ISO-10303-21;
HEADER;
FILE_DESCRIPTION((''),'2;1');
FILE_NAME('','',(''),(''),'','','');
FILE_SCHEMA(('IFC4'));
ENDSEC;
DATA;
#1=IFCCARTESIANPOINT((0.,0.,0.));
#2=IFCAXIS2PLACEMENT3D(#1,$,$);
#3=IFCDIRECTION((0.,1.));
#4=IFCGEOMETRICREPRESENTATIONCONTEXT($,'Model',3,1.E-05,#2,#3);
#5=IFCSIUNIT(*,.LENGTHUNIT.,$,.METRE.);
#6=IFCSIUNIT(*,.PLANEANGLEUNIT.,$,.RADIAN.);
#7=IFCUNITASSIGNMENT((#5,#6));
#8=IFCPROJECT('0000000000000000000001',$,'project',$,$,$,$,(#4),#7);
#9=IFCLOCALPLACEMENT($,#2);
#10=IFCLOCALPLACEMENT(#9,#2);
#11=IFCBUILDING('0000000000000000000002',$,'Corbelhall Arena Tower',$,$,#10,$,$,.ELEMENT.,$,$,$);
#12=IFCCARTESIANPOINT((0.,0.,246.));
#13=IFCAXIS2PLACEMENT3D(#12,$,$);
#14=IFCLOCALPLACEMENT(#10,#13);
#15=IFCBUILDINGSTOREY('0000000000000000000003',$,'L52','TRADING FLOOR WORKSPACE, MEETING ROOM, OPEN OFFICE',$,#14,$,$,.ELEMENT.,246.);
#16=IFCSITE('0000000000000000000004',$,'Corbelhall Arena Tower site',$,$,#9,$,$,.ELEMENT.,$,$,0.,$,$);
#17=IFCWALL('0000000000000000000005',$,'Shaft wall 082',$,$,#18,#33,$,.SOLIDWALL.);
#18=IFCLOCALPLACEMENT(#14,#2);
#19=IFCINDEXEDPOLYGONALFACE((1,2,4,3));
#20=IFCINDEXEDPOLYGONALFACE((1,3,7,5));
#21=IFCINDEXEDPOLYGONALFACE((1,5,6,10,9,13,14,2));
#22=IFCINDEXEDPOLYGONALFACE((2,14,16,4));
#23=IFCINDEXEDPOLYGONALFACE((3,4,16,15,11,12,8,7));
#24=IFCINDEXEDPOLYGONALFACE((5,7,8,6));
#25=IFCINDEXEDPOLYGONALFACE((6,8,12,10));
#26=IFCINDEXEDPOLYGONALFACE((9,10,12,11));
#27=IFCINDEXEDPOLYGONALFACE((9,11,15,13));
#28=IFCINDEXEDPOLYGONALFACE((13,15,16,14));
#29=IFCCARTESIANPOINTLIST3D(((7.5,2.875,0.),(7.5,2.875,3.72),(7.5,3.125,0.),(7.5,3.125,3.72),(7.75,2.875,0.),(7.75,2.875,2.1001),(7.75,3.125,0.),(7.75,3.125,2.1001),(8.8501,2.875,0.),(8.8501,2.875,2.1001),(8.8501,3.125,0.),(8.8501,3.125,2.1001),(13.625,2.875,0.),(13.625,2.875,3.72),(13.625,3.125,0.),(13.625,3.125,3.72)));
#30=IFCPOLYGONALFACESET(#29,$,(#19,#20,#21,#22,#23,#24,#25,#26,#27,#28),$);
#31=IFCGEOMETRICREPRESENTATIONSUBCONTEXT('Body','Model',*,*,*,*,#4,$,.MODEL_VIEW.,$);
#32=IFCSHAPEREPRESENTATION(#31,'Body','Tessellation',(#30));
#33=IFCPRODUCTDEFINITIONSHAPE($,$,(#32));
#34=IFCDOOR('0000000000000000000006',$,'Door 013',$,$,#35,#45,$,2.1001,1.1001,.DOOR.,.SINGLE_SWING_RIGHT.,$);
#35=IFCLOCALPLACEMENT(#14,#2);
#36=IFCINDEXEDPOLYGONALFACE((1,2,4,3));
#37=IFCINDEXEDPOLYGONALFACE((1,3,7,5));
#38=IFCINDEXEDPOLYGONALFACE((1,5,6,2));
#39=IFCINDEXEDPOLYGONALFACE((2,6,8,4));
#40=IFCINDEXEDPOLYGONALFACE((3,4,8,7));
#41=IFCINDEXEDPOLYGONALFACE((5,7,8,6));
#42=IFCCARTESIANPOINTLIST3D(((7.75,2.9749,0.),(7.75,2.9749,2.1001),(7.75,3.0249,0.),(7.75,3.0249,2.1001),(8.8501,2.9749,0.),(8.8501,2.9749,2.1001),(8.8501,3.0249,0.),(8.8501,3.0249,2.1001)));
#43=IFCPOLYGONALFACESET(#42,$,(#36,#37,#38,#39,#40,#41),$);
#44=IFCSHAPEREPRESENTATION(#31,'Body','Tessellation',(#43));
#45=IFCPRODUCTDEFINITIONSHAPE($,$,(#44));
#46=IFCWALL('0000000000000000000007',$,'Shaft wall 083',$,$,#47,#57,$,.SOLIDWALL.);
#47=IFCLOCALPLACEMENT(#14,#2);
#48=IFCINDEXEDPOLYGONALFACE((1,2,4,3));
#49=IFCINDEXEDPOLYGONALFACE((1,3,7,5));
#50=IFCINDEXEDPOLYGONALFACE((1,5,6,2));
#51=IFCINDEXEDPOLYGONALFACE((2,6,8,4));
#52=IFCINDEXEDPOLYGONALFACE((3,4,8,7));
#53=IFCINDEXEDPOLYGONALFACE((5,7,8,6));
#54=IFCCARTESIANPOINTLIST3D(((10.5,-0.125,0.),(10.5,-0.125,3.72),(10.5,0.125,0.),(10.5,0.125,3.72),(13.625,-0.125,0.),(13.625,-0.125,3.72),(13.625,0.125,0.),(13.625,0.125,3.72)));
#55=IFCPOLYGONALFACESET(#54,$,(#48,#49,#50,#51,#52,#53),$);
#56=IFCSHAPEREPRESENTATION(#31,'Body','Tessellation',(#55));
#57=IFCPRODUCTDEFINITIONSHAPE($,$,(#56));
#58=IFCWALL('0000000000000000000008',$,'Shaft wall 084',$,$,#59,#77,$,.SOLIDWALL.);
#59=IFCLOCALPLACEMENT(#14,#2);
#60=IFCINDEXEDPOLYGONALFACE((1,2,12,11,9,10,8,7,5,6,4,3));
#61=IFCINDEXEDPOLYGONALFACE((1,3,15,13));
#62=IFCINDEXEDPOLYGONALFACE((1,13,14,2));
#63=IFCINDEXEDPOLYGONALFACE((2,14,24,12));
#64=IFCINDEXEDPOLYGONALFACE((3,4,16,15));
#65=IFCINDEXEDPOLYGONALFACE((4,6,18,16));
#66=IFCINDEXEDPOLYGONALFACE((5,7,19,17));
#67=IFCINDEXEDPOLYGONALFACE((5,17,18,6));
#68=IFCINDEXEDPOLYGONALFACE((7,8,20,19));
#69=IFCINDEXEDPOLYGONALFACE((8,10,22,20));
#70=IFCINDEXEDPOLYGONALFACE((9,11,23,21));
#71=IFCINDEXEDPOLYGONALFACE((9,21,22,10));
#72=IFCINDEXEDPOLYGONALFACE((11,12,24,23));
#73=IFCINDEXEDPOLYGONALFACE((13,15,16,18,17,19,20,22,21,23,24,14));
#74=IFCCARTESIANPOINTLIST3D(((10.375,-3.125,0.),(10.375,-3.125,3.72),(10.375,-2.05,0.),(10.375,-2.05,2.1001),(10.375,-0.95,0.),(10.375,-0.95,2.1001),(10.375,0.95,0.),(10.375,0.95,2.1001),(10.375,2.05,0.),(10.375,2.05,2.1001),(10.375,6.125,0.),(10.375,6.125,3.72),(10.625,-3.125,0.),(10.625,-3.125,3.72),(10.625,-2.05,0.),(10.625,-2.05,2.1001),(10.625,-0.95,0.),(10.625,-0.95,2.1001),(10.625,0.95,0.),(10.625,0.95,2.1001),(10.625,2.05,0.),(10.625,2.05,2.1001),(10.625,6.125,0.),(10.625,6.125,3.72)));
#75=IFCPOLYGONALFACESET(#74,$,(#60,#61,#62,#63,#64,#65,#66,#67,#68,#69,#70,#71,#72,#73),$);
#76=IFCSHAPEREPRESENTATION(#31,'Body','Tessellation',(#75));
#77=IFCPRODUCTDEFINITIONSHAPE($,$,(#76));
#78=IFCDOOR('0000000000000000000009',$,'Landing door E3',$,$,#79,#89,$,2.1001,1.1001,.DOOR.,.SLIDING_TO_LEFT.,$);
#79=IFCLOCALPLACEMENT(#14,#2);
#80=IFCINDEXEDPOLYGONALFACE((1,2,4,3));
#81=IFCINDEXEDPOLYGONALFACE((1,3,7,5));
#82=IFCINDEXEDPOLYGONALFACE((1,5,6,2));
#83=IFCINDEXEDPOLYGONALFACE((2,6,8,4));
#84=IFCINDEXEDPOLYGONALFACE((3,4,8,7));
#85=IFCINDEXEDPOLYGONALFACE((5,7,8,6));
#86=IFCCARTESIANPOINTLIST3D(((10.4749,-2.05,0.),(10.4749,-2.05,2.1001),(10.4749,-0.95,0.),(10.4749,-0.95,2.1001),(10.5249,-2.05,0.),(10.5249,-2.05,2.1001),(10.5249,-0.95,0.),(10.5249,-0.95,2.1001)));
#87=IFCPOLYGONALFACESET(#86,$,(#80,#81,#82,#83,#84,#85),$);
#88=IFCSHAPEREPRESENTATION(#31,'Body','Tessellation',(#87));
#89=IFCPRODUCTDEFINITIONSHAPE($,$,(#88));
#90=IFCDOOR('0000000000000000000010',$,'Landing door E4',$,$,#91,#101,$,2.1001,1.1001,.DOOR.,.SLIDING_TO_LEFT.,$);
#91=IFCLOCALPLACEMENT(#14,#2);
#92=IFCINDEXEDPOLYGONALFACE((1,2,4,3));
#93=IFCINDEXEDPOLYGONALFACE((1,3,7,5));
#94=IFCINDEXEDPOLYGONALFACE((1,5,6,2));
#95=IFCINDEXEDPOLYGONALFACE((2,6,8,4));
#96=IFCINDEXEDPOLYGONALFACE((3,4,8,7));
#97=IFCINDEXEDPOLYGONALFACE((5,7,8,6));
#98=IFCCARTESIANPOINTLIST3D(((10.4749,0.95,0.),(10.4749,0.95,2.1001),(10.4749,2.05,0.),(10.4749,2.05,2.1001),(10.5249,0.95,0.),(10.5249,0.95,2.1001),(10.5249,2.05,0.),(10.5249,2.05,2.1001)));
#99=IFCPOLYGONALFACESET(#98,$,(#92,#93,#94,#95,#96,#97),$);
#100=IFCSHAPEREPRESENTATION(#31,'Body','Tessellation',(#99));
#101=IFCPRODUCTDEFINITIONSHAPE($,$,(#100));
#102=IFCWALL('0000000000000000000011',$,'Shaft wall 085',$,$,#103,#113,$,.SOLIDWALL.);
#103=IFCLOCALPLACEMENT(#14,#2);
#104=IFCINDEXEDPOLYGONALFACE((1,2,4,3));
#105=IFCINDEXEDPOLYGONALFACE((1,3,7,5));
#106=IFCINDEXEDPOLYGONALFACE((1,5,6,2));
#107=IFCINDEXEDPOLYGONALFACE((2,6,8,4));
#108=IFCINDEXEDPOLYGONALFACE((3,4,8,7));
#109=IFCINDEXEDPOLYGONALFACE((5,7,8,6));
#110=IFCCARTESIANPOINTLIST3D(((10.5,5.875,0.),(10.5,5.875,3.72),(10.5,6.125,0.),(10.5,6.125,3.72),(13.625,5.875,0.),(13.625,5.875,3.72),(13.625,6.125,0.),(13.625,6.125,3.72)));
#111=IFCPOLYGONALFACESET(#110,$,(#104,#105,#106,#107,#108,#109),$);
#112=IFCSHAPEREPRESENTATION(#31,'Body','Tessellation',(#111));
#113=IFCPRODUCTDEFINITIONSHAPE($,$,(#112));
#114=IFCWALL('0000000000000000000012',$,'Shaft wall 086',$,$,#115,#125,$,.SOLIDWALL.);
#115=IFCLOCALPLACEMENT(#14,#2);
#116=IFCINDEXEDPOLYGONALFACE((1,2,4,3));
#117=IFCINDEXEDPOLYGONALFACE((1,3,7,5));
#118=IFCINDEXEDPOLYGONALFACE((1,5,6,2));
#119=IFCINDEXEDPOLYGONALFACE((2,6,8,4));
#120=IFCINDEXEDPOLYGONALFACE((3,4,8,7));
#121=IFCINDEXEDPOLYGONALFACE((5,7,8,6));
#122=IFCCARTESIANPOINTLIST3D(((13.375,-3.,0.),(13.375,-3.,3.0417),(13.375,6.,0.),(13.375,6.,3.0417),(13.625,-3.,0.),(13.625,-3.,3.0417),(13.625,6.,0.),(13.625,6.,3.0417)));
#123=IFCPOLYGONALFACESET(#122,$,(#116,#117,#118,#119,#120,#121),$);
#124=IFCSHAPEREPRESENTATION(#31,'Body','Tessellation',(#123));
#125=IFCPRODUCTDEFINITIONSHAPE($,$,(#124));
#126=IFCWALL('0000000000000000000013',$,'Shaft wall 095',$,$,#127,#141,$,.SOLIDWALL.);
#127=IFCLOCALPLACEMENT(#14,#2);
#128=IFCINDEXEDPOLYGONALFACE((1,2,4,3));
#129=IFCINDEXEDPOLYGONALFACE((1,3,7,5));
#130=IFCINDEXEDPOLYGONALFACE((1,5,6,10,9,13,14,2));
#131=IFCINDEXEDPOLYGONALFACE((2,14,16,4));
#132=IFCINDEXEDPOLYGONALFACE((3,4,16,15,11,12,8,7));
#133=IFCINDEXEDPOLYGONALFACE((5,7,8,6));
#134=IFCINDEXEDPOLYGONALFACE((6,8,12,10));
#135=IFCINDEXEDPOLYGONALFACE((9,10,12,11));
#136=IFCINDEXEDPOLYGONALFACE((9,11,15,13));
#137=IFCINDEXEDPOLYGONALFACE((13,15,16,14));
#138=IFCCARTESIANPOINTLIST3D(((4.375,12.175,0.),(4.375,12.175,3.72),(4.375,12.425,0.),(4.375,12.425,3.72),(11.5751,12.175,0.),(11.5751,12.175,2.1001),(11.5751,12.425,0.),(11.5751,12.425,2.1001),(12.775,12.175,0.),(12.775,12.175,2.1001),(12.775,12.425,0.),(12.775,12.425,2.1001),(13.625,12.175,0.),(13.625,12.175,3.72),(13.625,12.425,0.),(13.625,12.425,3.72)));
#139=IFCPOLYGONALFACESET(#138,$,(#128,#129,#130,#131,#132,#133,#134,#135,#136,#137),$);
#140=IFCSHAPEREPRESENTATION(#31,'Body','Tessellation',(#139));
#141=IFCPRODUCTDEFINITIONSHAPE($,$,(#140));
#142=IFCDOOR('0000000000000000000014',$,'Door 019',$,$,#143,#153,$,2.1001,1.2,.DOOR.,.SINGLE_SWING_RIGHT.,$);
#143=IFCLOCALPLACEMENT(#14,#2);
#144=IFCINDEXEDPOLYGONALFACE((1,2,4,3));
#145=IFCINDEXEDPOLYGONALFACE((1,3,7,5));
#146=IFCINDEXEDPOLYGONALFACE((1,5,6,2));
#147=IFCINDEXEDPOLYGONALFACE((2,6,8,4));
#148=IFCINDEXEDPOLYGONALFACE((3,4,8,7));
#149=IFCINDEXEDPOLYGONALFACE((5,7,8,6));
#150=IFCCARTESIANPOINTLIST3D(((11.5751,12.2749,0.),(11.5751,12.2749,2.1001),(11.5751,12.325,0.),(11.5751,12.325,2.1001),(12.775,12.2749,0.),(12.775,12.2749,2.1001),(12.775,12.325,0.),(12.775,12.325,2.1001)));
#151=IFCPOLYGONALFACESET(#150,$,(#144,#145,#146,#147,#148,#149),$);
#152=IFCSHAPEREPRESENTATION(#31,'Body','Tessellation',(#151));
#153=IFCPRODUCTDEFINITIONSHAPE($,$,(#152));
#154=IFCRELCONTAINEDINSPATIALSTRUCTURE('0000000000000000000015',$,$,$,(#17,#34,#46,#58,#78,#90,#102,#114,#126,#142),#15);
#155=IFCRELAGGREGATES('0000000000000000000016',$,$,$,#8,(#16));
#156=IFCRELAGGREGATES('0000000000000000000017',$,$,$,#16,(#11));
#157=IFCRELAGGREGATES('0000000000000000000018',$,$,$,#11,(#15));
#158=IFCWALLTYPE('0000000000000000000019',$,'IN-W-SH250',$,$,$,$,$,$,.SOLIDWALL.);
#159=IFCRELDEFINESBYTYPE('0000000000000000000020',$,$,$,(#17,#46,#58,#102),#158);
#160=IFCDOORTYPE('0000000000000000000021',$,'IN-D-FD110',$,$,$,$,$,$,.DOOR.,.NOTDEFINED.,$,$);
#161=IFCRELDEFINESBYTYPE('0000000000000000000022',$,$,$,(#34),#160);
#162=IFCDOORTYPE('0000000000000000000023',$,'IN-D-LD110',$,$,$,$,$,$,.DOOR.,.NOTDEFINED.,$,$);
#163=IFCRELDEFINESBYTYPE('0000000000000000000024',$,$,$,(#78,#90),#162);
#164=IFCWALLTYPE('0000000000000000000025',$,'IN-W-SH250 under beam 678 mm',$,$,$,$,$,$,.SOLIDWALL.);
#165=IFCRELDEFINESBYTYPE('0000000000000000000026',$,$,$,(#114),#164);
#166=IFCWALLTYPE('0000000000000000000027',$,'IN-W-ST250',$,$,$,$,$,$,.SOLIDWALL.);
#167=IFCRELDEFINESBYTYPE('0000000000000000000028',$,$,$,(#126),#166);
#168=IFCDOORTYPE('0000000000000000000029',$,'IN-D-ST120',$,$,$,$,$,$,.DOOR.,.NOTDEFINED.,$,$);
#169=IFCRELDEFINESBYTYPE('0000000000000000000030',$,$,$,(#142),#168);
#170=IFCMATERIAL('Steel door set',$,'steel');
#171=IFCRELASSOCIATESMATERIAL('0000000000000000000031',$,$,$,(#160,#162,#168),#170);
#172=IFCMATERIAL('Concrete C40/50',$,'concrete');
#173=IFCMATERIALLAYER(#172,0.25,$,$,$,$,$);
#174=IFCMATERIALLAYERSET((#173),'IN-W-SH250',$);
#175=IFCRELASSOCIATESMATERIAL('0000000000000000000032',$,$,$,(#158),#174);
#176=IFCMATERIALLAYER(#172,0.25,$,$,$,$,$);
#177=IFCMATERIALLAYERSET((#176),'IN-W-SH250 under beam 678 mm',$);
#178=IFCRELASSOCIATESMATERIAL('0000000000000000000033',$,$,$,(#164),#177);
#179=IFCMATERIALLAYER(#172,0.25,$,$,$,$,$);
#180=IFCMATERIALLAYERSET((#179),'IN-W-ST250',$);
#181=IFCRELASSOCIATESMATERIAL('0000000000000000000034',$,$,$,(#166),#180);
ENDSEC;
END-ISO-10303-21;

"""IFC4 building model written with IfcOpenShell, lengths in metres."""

from ifc_helpers import new_model, si_unit, direction, frame, frame_2d, origin, place, context, subcontext, project, spatial, rectangle, extrude, material, layer, layer_set, type_object, element, fill, save


model = new_model("IFC4")

# Units and contexts
model_context = context("Model", 3, precision=1e-05, world=origin(), true_north=direction((0.0, 1.0)))
body_context = subcontext(model_context, "Body", "Model", "MODEL_VIEW")
ifc_project = project(units=[si_unit("LENGTHUNIT", "METRE"), si_unit("PLANEANGLEUNIT", "RADIAN")], contexts=[model_context])

# Site, building, storey
site_placement = place(None, origin())
site = spatial("IfcSite", under=ifc_project, at=site_placement, Name="Corbelhall Arena Tower site", CompositionType="ELEMENT", RefElevation=0.0)
building_placement = place(site_placement, origin())
building = spatial("IfcBuilding", under=site, at=building_placement, Name="Corbelhall Arena Tower", CompositionType="ELEMENT")
storey_placement = place(building_placement, frame((0.0, 0.0, 246.0)))
storey = spatial("IfcBuildingStorey", under=building, at=storey_placement, Name="L52", Description="TRADING FLOOR WORKSPACE, MEETING ROOM, OPEN OFFICE", CompositionType="ELEMENT", Elevation=246.0)

# Shared definitions
ifc_material_1 = material(Name="Steel door set", Category="steel")
door_type_1 = type_object("IfcDoorType", Name="IN-D-FD110", OperationType="NOTDEFINED", PredefinedType="DOOR", material=ifc_material_1)

# Shared definitions
ifc_material_2 = material(Name="Concrete C40/50", Category="concrete")
ifc_layer_1 = layer(ifc_material_2, 0.25)
ifc_layer_set_1 = layer_set([ifc_layer_1], Name="IN-W-SH250")
wall_type_1 = type_object("IfcWallType", Name="IN-W-SH250", PredefinedType="SOLIDWALL", material=ifc_layer_set_1)

# Wall, opening, door
wall_1_placement = place(storey_placement, frame((7.5, 3.0, 0.0), z_axis=(0.0, 0.0, 1.0), x_axis=(1.0, 0.0, 0.0)))
wall_1 = element("IfcWall", 1, at=wall_1_placement, inside=storey, type_object=wall_type_1, Name="Shaft wall 082", PredefinedType="SOLIDWALL", context=body_context, shape_type="SweptSolid", body=[
    extrude(rectangle(XDim=6.125, YDim=0.25, at=frame_2d((3.0625, 0.0))), origin(), (0.0, 0.0, 1.0), 3.72),
])
opening_1_placement = place(wall_1_placement, frame((0.25, 0.0, 0.0)))
opening_1 = element("IfcOpeningElement", 2, at=opening_1_placement, cuts=wall_1, PredefinedType="OPENING", context=body_context, shape_type="SweptSolid", body=[
    extrude(rectangle(XDim=1.1001, YDim=2.1001, at=frame_2d((0.55, 1.05))), frame((0.0, 0.125, 0.0), z_axis=(0.0, -1.0, 0.0), x_axis=(1.0, 0.0, 0.0)), (0.0, 0.0, 1.0), 0.25),
])
door_1_placement = place(opening_1_placement, origin())
door_1 = element("IfcDoor", 3, at=door_1_placement, inside=storey, type_object=door_type_1, Name="Door 013", OperationType="SINGLE_SWING_RIGHT", OverallHeight=2.1001, OverallWidth=1.1001, PredefinedType="DOOR", context=body_context, shape_type="SweptSolid", body=[
    extrude(rectangle(XDim=1.1001, YDim=2.1001, at=frame_2d((0.55, 1.05))), frame((0.0, 0.0249, 0.0), z_axis=(0.0, -1.0, 0.0), x_axis=(1.0, 0.0, 0.0)), (0.0, 0.0, 1.0), 0.05),
])
fill(opening_1, door_1)

# Wall
wall_2_placement = place(storey_placement, frame((10.5, 0.0, 0.0), z_axis=(0.0, 0.0, 1.0), x_axis=(1.0, 0.0, 0.0)))
element("IfcWall", 4, at=wall_2_placement, inside=storey, type_object=wall_type_1, Name="Shaft wall 083", PredefinedType="SOLIDWALL", context=body_context, shape_type="SweptSolid", body=[
    extrude(rectangle(XDim=3.125, YDim=0.25, at=frame_2d((1.5625, 0.0))), origin(), (0.0, 0.0, 1.0), 3.72),
])

# Wall, openings, doors
wall_3_placement = place(storey_placement, frame((10.5, 6.125, 0.0), z_axis=(0.0, 0.0, 1.0), x_axis=(0.0, -1.0, 0.0)))
wall_3 = element("IfcWall", 5, at=wall_3_placement, inside=storey, type_object=wall_type_1, Name="Shaft wall 084", PredefinedType="SOLIDWALL", context=body_context, shape_type="SweptSolid", body=[
    extrude(rectangle(XDim=9.25, YDim=0.25, at=frame_2d((4.625, 0.0))), origin(), (0.0, 0.0, 1.0), 3.72),
])
opening_2_placement = place(wall_3_placement, frame((7.075, 0.0, 0.0)))
opening_2 = element("IfcOpeningElement", 6, at=opening_2_placement, cuts=wall_3, PredefinedType="OPENING", context=body_context, shape_type="SweptSolid", body=[
    extrude(rectangle(XDim=1.1001, YDim=2.1001, at=frame_2d((0.55, 1.05))), frame((0.0, 0.125, 0.0), z_axis=(0.0, -1.0, 0.0), x_axis=(1.0, 0.0, 0.0)), (0.0, 0.0, 1.0), 0.25),
])
opening_3_placement = place(wall_3_placement, frame((4.075, 0.0, 0.0)))
opening_3 = element("IfcOpeningElement", 7, at=opening_3_placement, cuts=wall_3, PredefinedType="OPENING", context=body_context, shape_type="SweptSolid", body=[
    extrude(rectangle(XDim=1.1001, YDim=2.1001, at=frame_2d((0.55, 1.05))), frame((0.0, 0.125, 0.0), z_axis=(0.0, -1.0, 0.0), x_axis=(1.0, 0.0, 0.0)), (0.0, 0.0, 1.0), 0.25),
])
door_type_2 = type_object("IfcDoorType", Name="IN-D-LD110", OperationType="NOTDEFINED", PredefinedType="DOOR", material=ifc_material_1)
door_2_placement = place(opening_2_placement, origin())
door_2 = element("IfcDoor", 8, at=door_2_placement, inside=storey, type_object=door_type_2, Name="Landing door E3", OperationType="SLIDING_TO_LEFT", OverallHeight=2.1001, OverallWidth=1.1001, PredefinedType="DOOR", context=body_context, shape_type="SweptSolid", body=[
    extrude(rectangle(XDim=1.1001, YDim=2.1001, at=frame_2d((0.55, 1.05))), frame((0.0, 0.0249, 0.0), z_axis=(0.0, -1.0, 0.0), x_axis=(1.0, 0.0, 0.0)), (0.0, 0.0, 1.0), 0.05),
])
fill(opening_2, door_2)
door_3_placement = place(opening_3_placement, origin())
door_3 = element("IfcDoor", 9, at=door_3_placement, inside=storey, type_object=door_type_2, Name="Landing door E4", OperationType="SLIDING_TO_LEFT", OverallHeight=2.1001, OverallWidth=1.1001, PredefinedType="DOOR", context=body_context, shape_type="SweptSolid", body=[
    extrude(rectangle(XDim=1.1001, YDim=2.1001, at=frame_2d((0.55, 1.05))), frame((0.0, 0.0249, 0.0), z_axis=(0.0, -1.0, 0.0), x_axis=(1.0, 0.0, 0.0)), (0.0, 0.0, 1.0), 0.05),
])
fill(opening_3, door_3)

# Walls
wall_4_placement = place(storey_placement, frame((10.5, 6.0, 0.0), z_axis=(0.0, 0.0, 1.0), x_axis=(1.0, 0.0, 0.0)))
element("IfcWall", 10, at=wall_4_placement, inside=storey, type_object=wall_type_1, Name="Shaft wall 085", PredefinedType="SOLIDWALL", context=body_context, shape_type="SweptSolid", body=[
    extrude(rectangle(XDim=3.125, YDim=0.25, at=frame_2d((1.5625, 0.0))), origin(), (0.0, 0.0, 1.0), 3.72),
])
ifc_layer_2 = layer(ifc_material_2, 0.25)
ifc_layer_set_2 = layer_set([ifc_layer_2], Name="IN-W-SH250 under beam 678 mm")
wall_type_2 = type_object("IfcWallType", Name="IN-W-SH250 under beam 678 mm", PredefinedType="SOLIDWALL", material=ifc_layer_set_2)
wall_5_placement = place(storey_placement, frame((13.5, 6.0, 0.0), z_axis=(0.0, 0.0, 1.0), x_axis=(0.0, -1.0, 0.0)))
element("IfcWall", 11, at=wall_5_placement, inside=storey, type_object=wall_type_2, Name="Shaft wall 086", PredefinedType="SOLIDWALL", context=body_context, shape_type="SweptSolid", body=[
    extrude(rectangle(XDim=9.0, YDim=0.25, at=frame_2d((4.5, 0.0))), origin(), (0.0, 0.0, 1.0), 3.0417),
])

# Wall, opening, door
ifc_layer_3 = layer(ifc_material_2, 0.25)
ifc_layer_set_3 = layer_set([ifc_layer_3], Name="IN-W-ST250")
wall_type_3 = type_object("IfcWallType", Name="IN-W-ST250", PredefinedType="SOLIDWALL", material=ifc_layer_set_3)
wall_6_placement = place(storey_placement, frame((4.375, 12.3, 0.0), z_axis=(0.0, 0.0, 1.0), x_axis=(1.0, 0.0, 0.0)))
wall_6 = element("IfcWall", 12, at=wall_6_placement, inside=storey, type_object=wall_type_3, Name="Shaft wall 095", PredefinedType="SOLIDWALL", context=body_context, shape_type="SweptSolid", body=[
    extrude(rectangle(XDim=9.25, YDim=0.25, at=frame_2d((4.625, 0.0))), origin(), (0.0, 0.0, 1.0), 3.72),
])
opening_4_placement = place(wall_6_placement, frame((7.2, 0.0, 0.0)))
opening_4 = element("IfcOpeningElement", 13, at=opening_4_placement, cuts=wall_6, PredefinedType="OPENING", context=body_context, shape_type="SweptSolid", body=[
    extrude(rectangle(XDim=1.2, YDim=2.1001, at=frame_2d((0.6001, 1.05))), frame((0.0, 0.125, 0.0), z_axis=(0.0, -1.0, 0.0), x_axis=(1.0, 0.0, 0.0)), (0.0, 0.0, 1.0), 0.25),
])
door_type_3 = type_object("IfcDoorType", Name="IN-D-ST120", OperationType="NOTDEFINED", PredefinedType="DOOR", material=ifc_material_1)
door_4_placement = place(opening_4_placement, origin())
door_4 = element("IfcDoor", 14, at=door_4_placement, inside=storey, type_object=door_type_3, Name="Door 019", OperationType="SINGLE_SWING_RIGHT", OverallHeight=2.1001, OverallWidth=1.2, PredefinedType="DOOR", context=body_context, shape_type="SweptSolid", body=[
    extrude(rectangle(XDim=1.2, YDim=2.1001, at=frame_2d((0.6001, 1.05))), frame((0.0, 0.0249, 0.0), z_axis=(0.0, -1.0, 0.0), x_axis=(1.0, 0.0, 0.0)), (0.0, 0.0, 1.0), 0.05),
])
fill(opening_4, door_4)

save(model, "model.ifc")
